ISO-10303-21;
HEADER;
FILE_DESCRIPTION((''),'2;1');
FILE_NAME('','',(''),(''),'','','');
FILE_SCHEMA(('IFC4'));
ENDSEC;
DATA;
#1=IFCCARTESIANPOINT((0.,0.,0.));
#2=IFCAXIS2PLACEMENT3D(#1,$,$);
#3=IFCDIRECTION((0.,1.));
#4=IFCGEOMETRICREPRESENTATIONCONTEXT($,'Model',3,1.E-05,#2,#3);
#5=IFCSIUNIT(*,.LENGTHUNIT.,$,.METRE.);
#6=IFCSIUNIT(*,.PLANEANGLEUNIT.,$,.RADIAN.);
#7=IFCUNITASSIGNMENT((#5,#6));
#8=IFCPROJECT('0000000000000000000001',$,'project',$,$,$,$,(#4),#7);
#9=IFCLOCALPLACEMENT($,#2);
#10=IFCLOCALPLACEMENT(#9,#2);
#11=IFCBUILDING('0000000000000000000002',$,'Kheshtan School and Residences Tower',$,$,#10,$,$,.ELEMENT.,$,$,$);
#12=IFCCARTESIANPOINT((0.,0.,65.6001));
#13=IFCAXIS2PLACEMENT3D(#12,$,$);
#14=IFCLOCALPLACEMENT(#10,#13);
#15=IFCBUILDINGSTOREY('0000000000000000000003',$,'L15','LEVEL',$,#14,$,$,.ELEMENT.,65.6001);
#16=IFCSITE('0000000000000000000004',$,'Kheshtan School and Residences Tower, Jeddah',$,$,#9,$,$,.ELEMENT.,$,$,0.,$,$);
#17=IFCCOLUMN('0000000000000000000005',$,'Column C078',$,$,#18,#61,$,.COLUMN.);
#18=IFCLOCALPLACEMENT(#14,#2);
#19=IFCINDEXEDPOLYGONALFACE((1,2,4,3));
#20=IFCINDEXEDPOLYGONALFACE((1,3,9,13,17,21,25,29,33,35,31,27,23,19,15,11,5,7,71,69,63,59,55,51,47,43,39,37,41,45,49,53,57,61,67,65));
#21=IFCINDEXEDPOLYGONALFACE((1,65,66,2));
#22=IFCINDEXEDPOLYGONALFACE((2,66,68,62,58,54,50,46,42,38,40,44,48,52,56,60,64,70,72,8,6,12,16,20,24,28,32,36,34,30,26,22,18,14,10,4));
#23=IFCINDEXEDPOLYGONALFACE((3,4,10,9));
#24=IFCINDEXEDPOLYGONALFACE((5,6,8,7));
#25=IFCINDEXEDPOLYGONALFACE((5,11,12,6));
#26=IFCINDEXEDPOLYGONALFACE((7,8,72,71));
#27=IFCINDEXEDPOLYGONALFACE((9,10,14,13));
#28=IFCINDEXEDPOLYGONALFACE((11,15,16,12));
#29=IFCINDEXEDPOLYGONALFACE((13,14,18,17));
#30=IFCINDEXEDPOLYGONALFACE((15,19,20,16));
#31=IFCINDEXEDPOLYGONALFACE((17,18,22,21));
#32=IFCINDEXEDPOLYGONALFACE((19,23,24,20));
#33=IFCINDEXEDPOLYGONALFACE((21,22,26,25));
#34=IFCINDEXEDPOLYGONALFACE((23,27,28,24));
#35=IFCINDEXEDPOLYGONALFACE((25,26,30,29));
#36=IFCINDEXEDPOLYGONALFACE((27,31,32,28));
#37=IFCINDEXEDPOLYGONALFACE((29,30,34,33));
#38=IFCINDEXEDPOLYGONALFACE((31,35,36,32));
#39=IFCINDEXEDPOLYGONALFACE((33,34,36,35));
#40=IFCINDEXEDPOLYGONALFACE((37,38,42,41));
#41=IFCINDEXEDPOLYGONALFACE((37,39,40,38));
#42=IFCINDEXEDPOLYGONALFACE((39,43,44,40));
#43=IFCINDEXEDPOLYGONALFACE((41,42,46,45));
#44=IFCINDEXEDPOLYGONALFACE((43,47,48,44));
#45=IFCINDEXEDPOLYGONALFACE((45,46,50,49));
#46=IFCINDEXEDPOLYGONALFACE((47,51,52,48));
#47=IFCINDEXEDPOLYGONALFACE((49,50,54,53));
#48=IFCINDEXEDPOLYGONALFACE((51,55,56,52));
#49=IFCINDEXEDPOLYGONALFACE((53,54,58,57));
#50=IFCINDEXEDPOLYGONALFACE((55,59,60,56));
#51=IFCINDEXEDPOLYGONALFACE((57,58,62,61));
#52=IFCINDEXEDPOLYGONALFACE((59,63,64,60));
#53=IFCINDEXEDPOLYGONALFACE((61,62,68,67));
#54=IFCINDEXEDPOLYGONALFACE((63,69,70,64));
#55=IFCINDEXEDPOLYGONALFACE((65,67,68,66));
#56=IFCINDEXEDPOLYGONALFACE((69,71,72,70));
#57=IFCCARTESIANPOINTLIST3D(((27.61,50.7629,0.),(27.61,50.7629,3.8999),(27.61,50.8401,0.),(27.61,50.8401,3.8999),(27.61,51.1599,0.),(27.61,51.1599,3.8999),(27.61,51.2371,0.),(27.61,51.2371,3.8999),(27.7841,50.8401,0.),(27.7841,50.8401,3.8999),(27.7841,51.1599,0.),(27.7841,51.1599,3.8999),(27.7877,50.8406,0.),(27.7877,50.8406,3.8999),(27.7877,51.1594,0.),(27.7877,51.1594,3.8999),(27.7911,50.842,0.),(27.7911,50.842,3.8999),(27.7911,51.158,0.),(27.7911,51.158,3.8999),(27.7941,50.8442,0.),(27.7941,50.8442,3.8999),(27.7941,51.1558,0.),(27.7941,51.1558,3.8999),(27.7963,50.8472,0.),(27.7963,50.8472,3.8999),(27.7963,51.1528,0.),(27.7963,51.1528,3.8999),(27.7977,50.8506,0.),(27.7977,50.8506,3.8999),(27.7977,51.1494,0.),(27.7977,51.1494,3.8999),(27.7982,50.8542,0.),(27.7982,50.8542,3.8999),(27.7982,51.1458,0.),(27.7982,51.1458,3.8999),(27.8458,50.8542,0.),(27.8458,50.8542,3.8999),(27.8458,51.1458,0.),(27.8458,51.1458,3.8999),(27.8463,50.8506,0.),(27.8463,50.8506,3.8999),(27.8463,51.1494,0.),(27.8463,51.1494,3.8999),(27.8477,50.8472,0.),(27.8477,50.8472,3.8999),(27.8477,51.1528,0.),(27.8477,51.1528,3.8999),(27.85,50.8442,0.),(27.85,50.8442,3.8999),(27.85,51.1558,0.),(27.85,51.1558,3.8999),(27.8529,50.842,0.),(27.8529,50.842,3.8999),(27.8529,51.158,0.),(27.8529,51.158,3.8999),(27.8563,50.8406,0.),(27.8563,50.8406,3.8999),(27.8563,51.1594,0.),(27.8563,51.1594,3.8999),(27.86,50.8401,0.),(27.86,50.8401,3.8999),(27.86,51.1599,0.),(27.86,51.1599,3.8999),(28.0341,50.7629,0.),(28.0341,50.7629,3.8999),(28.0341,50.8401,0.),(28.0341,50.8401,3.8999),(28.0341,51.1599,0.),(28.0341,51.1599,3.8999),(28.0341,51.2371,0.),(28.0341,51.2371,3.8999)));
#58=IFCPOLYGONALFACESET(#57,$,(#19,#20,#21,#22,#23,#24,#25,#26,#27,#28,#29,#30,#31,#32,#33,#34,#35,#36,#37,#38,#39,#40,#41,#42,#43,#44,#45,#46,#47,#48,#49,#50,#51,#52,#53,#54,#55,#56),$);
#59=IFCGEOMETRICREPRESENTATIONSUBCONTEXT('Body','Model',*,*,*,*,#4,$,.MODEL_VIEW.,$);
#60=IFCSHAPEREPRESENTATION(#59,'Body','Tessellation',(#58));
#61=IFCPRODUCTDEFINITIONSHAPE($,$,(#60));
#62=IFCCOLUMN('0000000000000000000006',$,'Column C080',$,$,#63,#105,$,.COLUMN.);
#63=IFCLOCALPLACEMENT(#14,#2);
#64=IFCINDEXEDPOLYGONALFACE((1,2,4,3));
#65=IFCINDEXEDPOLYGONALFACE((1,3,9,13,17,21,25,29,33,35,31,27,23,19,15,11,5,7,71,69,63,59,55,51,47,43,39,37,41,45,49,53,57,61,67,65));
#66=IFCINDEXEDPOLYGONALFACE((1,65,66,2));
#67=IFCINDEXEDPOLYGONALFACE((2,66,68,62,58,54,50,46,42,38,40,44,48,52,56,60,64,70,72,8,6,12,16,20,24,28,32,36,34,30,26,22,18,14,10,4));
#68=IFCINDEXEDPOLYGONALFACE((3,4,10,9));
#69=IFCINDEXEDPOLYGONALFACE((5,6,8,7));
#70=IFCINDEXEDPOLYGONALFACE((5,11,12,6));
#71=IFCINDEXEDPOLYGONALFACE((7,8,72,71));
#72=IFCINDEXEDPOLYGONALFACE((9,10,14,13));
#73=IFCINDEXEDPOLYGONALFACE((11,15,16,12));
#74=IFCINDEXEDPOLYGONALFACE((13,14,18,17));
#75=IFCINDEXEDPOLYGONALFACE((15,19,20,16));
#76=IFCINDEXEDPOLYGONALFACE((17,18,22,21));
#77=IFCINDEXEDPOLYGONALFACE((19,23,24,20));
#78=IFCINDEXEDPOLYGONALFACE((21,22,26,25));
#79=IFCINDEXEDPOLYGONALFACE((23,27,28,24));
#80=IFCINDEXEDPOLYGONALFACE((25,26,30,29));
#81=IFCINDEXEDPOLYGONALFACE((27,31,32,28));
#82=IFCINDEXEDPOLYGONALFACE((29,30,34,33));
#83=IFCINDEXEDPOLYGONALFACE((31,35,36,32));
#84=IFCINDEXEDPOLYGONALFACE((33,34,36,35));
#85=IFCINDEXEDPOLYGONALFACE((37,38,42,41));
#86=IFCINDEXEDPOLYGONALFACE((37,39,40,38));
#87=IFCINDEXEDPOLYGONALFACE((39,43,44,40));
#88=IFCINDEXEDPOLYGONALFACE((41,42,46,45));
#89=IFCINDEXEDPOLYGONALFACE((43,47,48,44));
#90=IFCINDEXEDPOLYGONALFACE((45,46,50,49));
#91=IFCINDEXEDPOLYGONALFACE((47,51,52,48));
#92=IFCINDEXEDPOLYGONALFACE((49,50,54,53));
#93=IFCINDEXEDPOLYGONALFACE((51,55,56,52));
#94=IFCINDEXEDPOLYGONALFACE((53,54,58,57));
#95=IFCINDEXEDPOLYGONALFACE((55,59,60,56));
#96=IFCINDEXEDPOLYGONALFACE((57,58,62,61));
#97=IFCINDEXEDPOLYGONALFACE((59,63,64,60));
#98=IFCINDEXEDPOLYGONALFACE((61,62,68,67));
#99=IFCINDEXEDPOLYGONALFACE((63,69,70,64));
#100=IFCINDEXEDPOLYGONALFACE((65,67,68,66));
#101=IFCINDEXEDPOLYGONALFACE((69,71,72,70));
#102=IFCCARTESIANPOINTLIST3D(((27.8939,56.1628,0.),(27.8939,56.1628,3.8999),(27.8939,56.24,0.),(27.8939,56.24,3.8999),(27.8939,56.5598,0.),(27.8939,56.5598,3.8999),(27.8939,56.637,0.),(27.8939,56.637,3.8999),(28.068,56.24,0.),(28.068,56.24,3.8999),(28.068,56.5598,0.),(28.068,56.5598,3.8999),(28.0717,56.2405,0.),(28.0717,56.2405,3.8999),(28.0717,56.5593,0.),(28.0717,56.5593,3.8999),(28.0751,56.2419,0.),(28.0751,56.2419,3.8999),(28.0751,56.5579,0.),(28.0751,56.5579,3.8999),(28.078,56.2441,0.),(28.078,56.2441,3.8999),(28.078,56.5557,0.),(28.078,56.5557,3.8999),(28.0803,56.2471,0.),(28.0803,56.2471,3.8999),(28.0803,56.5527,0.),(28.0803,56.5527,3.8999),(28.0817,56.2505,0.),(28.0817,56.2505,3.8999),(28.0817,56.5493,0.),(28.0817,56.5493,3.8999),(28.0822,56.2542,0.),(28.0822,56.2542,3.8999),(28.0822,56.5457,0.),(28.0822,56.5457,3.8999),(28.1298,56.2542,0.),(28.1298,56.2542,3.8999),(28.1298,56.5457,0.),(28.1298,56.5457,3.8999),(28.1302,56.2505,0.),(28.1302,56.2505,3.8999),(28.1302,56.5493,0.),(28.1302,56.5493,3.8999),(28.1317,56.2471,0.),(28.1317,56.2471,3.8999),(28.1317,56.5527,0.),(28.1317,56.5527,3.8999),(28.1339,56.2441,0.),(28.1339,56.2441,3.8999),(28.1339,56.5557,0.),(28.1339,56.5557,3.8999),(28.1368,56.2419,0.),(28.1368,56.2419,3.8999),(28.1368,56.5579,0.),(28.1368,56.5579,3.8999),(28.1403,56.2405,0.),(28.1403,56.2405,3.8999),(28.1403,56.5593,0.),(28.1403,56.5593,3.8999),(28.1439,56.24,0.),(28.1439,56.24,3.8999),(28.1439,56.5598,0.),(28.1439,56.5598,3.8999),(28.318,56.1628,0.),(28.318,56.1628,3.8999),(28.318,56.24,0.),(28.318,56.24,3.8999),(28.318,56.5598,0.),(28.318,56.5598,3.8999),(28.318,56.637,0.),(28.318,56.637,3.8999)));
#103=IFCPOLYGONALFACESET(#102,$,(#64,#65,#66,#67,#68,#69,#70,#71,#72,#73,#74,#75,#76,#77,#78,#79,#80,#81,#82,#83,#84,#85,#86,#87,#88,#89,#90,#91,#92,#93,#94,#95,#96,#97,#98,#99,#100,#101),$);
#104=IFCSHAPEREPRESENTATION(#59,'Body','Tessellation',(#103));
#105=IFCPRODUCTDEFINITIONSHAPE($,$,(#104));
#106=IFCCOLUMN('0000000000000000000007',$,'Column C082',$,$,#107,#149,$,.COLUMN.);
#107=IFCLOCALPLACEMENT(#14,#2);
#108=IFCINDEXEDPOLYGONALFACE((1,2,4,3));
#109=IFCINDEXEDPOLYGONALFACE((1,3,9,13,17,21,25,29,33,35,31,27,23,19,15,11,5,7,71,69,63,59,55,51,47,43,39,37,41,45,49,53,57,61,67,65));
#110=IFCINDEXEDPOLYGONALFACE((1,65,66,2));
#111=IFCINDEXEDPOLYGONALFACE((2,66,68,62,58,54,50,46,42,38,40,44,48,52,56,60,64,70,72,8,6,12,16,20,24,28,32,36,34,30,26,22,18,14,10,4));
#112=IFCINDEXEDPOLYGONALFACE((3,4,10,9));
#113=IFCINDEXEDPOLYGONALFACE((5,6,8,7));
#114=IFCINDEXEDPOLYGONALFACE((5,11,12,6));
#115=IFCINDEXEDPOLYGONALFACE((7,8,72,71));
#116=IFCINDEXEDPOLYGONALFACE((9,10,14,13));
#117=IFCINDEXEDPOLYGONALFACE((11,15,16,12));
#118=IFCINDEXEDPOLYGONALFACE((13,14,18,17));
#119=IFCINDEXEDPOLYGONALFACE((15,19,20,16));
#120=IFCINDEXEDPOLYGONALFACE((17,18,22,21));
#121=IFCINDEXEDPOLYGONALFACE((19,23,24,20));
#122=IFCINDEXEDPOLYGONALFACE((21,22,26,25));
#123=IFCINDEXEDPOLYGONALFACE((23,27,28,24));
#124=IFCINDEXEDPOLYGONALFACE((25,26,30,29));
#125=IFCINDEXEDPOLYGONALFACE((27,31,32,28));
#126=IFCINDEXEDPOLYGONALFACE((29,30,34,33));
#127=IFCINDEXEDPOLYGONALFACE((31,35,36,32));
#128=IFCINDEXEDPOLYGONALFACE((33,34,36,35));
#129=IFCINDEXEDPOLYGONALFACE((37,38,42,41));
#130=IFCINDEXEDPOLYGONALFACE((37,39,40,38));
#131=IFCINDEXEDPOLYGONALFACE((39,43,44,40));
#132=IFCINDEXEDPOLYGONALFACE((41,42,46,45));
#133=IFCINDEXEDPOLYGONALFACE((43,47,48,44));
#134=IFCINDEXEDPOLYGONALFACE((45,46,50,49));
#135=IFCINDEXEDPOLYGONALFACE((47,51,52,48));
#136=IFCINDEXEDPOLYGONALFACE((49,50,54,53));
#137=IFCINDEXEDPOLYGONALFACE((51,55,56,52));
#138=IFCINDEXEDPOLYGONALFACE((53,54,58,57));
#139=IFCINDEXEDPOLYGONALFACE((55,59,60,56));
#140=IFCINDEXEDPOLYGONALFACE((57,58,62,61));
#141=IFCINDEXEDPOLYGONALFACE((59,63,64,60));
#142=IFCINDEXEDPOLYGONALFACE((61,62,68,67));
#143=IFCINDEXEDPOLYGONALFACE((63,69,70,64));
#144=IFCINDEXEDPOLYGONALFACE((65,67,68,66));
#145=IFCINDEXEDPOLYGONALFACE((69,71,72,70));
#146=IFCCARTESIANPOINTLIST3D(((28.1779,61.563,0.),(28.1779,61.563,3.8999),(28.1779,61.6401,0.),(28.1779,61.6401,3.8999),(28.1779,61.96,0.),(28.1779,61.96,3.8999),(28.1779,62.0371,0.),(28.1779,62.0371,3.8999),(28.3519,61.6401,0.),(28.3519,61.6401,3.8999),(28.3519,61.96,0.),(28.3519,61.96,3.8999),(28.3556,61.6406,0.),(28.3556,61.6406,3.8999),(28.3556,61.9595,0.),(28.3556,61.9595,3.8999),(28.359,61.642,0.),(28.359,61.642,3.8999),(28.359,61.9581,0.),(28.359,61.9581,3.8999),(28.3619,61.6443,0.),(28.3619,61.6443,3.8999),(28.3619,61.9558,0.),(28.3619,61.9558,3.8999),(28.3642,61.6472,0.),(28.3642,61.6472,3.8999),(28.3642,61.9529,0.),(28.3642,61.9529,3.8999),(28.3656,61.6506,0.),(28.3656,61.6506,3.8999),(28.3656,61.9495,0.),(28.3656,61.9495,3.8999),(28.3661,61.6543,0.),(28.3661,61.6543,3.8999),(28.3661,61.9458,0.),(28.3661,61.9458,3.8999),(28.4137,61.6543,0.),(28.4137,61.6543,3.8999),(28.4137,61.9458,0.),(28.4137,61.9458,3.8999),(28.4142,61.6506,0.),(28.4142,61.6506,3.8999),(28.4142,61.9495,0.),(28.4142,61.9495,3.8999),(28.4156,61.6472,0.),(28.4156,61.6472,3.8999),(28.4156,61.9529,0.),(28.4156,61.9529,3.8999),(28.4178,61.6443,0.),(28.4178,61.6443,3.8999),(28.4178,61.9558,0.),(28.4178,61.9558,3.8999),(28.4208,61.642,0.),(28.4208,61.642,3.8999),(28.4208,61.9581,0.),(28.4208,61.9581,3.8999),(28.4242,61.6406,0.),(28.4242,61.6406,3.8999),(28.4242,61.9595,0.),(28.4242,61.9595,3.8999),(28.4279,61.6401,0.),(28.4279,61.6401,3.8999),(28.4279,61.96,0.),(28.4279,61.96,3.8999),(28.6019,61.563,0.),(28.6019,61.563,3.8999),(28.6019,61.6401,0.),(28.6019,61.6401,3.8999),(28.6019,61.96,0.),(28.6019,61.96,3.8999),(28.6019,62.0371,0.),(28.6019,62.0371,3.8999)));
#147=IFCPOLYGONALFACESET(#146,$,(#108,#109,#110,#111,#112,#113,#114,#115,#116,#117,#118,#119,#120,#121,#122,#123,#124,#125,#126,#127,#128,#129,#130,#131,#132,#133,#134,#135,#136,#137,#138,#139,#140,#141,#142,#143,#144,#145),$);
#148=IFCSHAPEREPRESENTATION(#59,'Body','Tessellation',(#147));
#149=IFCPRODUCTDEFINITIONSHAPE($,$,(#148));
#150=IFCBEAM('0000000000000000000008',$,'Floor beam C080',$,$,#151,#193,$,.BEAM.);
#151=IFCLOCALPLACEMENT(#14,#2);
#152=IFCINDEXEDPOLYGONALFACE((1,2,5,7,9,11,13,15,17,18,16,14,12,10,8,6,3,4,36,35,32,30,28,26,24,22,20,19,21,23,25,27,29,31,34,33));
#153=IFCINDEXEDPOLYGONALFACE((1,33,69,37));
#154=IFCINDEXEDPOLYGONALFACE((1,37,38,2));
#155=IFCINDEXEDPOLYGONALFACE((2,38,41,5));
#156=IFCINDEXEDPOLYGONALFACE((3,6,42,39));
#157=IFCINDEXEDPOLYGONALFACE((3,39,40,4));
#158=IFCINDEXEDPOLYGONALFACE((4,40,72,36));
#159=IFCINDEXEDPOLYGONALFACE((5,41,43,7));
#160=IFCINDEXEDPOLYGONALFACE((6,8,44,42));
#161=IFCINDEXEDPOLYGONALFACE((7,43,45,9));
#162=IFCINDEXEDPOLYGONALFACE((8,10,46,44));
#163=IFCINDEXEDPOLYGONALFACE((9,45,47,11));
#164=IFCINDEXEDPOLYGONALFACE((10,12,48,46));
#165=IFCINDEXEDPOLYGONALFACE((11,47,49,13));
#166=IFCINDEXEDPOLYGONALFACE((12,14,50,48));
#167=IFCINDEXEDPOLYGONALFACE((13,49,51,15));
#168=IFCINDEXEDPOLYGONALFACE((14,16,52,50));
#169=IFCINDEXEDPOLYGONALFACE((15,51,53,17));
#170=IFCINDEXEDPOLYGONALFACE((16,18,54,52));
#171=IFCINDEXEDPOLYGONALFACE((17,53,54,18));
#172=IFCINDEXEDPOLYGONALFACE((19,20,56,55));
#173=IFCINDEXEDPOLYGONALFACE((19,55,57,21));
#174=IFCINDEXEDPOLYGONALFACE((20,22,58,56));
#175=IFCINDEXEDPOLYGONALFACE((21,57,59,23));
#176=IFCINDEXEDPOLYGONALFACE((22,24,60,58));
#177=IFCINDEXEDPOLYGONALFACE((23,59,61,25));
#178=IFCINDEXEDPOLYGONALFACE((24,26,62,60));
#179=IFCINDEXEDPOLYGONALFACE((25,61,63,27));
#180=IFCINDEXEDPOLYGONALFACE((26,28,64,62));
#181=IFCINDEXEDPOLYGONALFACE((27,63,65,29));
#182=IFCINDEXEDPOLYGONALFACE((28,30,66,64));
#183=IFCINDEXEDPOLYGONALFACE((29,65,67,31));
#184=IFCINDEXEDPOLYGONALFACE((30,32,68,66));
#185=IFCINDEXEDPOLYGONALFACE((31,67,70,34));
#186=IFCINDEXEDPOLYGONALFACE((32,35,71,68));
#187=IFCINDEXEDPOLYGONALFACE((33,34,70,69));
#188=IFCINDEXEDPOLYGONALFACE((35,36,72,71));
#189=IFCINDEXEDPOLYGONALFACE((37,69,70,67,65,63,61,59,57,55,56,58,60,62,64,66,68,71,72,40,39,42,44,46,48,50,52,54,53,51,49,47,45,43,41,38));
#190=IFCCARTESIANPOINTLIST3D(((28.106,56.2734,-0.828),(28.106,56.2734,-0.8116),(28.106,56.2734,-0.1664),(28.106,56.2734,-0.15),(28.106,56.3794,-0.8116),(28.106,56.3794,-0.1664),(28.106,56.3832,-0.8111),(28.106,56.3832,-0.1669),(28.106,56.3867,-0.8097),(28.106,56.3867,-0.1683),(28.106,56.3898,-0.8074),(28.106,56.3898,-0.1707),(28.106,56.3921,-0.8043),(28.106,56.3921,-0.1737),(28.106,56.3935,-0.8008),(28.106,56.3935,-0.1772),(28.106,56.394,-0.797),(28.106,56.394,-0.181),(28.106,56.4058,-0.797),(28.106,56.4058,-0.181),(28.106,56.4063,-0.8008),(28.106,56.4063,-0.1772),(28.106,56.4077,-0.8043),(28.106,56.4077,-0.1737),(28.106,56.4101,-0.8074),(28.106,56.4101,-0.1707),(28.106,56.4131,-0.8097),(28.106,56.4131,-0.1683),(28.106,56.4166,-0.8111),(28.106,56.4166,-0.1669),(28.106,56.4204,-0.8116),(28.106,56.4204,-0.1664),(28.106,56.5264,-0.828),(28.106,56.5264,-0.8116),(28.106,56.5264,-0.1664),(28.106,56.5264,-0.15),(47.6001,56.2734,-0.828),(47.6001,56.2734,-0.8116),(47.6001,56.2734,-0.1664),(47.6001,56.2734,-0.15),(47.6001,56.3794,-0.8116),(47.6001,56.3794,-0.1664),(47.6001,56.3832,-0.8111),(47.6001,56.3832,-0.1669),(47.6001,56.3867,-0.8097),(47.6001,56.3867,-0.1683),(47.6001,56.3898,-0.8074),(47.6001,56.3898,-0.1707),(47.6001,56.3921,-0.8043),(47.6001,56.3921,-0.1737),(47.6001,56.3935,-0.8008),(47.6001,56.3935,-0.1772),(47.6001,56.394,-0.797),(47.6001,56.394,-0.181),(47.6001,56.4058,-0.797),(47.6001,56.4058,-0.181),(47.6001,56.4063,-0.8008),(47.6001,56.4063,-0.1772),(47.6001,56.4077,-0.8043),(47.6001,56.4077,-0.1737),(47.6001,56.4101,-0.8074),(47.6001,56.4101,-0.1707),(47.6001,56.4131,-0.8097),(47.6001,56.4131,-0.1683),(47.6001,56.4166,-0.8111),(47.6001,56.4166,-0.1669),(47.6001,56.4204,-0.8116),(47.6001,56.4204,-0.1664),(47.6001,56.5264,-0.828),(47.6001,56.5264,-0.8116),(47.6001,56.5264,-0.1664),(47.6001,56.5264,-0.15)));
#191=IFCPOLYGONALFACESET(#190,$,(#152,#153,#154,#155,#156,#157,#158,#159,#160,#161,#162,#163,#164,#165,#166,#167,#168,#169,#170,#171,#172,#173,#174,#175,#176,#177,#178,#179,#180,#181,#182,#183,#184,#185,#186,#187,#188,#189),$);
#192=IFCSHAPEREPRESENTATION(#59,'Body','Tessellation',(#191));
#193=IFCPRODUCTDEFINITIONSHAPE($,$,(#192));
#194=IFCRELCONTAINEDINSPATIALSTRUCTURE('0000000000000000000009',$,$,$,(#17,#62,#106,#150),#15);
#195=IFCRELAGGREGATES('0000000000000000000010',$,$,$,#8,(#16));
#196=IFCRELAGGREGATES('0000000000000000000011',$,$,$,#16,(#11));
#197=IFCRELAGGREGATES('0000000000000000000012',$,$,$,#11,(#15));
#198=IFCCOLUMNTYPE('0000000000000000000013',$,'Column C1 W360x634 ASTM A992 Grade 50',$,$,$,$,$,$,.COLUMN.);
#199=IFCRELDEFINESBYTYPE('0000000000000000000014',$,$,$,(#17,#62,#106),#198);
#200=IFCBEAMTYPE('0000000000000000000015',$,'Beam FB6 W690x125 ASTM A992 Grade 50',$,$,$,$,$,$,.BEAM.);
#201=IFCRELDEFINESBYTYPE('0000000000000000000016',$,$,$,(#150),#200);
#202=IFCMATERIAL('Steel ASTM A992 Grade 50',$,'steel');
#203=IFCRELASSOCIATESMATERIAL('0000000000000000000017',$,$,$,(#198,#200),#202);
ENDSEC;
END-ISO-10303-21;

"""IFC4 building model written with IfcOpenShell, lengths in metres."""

from ifc_helpers import new_model, si_unit, direction, frame, origin, origin_2d, place, context, subcontext, project, spatial, i_section, extrude, material, material_profile, profile_set, type_object, element, save


model = new_model("IFC4")

# Units and contexts
model_context = context("Model", 3, precision=1e-05, world=origin(), true_north=direction((0.0, 1.0)))
body_context = subcontext(model_context, "Body", "Model", "MODEL_VIEW")
ifc_project = project(units=[si_unit("LENGTHUNIT", "METRE"), si_unit("PLANEANGLEUNIT", "RADIAN")], contexts=[model_context])

# Site, building, storey
site_placement = place(None, origin())
site = spatial("IfcSite", under=ifc_project, at=site_placement, Name="Kheshtan School and Residences Tower, Jeddah", CompositionType="ELEMENT", RefElevation=0.0)
building_placement = place(site_placement, origin())
building = spatial("IfcBuilding", under=site, at=building_placement, Name="Kheshtan School and Residences Tower", CompositionType="ELEMENT")
storey_placement = place(building_placement, frame((0.0, 0.0, 65.6001)))
storey = spatial("IfcBuildingStorey", under=building, at=storey_placement, Name="L15", Description="LEVEL", CompositionType="ELEMENT", Elevation=65.6001)

# Columns
ifc_material_1 = material(Name="Steel ASTM A992 Grade 50", Category="steel")
ifc_material_profile_1 = material_profile(ifc_material_1, i_section(OverallWidth=0.4241, OverallDepth=0.4741, WebThickness=0.0476, FlangeThickness=0.0771, FilletRadius=0.0142, at=origin_2d()), Name="W360x634")
ifc_profile_set_1 = profile_set([ifc_material_profile_1], Name="Steel ASTM A992 Grade 50")
column_type = type_object("IfcColumnType", Name="Column C1 W360x634 ASTM A992 Grade 50", PredefinedType="COLUMN", material=ifc_profile_set_1)
for number, where, z_axis, x_axis, name in (
    (1, (27.822, 51.0, 0.0), (0.0, 0.0, 1.0), (1.0, 0.0, 0.0), "Column C078"),
    (2, (28.106, 56.3999, 0.0), (0.0, 0.0, 1.0), (1.0, 0.0, 0.0), "Column C080"),
    (3, (28.3899, 61.8, 0.0), (0.0, 0.0, 1.0), (1.0, 0.0, 0.0), "Column C082"),
):
    element("IfcColumn", number, at=place(storey_placement, frame(where, z_axis=z_axis, x_axis=x_axis)), inside=storey, type_object=column_type, Name=name, PredefinedType="COLUMN", context=body_context, shape_type="SweptSolid", body=[
        extrude(i_section(OverallWidth=0.4241, OverallDepth=0.4741, WebThickness=0.0476, FlangeThickness=0.0771, FilletRadius=0.0142, at=origin_2d()), origin(), (0.0, 0.0, 1.0), 3.8999),
    ])

# Beam
ifc_material_profile_2 = material_profile(ifc_material_1, i_section(OverallWidth=0.2529, OverallDepth=0.678, WebThickness=0.0117, FlangeThickness=0.0164, FilletRadius=0.0146, at=origin_2d()), Name="W690x125")
ifc_profile_set_2 = profile_set([ifc_material_profile_2], Name="Steel ASTM A992 Grade 50")
beam_type_1 = type_object("IfcBeamType", Name="Beam FB6 W690x125 ASTM A992 Grade 50", PredefinedType="BEAM", material=ifc_profile_set_2)
beam_1_placement = place(storey_placement, frame((28.106, 56.3999, -0.489), z_axis=(1.0, 0.0, 0.0), x_axis=(0.0, 1.0, 0.0)))
element("IfcBeam", 4, at=beam_1_placement, inside=storey, type_object=beam_type_1, Name="Floor beam C080", PredefinedType="BEAM", context=body_context, shape_type="SweptSolid", body=[
    extrude(i_section(OverallWidth=0.2529, OverallDepth=0.678, WebThickness=0.0117, FlangeThickness=0.0164, FilletRadius=0.0146, at=origin_2d()), origin(), (0.0, 0.0, 1.0), 19.4941),
])

save(model, "model.ifc")
